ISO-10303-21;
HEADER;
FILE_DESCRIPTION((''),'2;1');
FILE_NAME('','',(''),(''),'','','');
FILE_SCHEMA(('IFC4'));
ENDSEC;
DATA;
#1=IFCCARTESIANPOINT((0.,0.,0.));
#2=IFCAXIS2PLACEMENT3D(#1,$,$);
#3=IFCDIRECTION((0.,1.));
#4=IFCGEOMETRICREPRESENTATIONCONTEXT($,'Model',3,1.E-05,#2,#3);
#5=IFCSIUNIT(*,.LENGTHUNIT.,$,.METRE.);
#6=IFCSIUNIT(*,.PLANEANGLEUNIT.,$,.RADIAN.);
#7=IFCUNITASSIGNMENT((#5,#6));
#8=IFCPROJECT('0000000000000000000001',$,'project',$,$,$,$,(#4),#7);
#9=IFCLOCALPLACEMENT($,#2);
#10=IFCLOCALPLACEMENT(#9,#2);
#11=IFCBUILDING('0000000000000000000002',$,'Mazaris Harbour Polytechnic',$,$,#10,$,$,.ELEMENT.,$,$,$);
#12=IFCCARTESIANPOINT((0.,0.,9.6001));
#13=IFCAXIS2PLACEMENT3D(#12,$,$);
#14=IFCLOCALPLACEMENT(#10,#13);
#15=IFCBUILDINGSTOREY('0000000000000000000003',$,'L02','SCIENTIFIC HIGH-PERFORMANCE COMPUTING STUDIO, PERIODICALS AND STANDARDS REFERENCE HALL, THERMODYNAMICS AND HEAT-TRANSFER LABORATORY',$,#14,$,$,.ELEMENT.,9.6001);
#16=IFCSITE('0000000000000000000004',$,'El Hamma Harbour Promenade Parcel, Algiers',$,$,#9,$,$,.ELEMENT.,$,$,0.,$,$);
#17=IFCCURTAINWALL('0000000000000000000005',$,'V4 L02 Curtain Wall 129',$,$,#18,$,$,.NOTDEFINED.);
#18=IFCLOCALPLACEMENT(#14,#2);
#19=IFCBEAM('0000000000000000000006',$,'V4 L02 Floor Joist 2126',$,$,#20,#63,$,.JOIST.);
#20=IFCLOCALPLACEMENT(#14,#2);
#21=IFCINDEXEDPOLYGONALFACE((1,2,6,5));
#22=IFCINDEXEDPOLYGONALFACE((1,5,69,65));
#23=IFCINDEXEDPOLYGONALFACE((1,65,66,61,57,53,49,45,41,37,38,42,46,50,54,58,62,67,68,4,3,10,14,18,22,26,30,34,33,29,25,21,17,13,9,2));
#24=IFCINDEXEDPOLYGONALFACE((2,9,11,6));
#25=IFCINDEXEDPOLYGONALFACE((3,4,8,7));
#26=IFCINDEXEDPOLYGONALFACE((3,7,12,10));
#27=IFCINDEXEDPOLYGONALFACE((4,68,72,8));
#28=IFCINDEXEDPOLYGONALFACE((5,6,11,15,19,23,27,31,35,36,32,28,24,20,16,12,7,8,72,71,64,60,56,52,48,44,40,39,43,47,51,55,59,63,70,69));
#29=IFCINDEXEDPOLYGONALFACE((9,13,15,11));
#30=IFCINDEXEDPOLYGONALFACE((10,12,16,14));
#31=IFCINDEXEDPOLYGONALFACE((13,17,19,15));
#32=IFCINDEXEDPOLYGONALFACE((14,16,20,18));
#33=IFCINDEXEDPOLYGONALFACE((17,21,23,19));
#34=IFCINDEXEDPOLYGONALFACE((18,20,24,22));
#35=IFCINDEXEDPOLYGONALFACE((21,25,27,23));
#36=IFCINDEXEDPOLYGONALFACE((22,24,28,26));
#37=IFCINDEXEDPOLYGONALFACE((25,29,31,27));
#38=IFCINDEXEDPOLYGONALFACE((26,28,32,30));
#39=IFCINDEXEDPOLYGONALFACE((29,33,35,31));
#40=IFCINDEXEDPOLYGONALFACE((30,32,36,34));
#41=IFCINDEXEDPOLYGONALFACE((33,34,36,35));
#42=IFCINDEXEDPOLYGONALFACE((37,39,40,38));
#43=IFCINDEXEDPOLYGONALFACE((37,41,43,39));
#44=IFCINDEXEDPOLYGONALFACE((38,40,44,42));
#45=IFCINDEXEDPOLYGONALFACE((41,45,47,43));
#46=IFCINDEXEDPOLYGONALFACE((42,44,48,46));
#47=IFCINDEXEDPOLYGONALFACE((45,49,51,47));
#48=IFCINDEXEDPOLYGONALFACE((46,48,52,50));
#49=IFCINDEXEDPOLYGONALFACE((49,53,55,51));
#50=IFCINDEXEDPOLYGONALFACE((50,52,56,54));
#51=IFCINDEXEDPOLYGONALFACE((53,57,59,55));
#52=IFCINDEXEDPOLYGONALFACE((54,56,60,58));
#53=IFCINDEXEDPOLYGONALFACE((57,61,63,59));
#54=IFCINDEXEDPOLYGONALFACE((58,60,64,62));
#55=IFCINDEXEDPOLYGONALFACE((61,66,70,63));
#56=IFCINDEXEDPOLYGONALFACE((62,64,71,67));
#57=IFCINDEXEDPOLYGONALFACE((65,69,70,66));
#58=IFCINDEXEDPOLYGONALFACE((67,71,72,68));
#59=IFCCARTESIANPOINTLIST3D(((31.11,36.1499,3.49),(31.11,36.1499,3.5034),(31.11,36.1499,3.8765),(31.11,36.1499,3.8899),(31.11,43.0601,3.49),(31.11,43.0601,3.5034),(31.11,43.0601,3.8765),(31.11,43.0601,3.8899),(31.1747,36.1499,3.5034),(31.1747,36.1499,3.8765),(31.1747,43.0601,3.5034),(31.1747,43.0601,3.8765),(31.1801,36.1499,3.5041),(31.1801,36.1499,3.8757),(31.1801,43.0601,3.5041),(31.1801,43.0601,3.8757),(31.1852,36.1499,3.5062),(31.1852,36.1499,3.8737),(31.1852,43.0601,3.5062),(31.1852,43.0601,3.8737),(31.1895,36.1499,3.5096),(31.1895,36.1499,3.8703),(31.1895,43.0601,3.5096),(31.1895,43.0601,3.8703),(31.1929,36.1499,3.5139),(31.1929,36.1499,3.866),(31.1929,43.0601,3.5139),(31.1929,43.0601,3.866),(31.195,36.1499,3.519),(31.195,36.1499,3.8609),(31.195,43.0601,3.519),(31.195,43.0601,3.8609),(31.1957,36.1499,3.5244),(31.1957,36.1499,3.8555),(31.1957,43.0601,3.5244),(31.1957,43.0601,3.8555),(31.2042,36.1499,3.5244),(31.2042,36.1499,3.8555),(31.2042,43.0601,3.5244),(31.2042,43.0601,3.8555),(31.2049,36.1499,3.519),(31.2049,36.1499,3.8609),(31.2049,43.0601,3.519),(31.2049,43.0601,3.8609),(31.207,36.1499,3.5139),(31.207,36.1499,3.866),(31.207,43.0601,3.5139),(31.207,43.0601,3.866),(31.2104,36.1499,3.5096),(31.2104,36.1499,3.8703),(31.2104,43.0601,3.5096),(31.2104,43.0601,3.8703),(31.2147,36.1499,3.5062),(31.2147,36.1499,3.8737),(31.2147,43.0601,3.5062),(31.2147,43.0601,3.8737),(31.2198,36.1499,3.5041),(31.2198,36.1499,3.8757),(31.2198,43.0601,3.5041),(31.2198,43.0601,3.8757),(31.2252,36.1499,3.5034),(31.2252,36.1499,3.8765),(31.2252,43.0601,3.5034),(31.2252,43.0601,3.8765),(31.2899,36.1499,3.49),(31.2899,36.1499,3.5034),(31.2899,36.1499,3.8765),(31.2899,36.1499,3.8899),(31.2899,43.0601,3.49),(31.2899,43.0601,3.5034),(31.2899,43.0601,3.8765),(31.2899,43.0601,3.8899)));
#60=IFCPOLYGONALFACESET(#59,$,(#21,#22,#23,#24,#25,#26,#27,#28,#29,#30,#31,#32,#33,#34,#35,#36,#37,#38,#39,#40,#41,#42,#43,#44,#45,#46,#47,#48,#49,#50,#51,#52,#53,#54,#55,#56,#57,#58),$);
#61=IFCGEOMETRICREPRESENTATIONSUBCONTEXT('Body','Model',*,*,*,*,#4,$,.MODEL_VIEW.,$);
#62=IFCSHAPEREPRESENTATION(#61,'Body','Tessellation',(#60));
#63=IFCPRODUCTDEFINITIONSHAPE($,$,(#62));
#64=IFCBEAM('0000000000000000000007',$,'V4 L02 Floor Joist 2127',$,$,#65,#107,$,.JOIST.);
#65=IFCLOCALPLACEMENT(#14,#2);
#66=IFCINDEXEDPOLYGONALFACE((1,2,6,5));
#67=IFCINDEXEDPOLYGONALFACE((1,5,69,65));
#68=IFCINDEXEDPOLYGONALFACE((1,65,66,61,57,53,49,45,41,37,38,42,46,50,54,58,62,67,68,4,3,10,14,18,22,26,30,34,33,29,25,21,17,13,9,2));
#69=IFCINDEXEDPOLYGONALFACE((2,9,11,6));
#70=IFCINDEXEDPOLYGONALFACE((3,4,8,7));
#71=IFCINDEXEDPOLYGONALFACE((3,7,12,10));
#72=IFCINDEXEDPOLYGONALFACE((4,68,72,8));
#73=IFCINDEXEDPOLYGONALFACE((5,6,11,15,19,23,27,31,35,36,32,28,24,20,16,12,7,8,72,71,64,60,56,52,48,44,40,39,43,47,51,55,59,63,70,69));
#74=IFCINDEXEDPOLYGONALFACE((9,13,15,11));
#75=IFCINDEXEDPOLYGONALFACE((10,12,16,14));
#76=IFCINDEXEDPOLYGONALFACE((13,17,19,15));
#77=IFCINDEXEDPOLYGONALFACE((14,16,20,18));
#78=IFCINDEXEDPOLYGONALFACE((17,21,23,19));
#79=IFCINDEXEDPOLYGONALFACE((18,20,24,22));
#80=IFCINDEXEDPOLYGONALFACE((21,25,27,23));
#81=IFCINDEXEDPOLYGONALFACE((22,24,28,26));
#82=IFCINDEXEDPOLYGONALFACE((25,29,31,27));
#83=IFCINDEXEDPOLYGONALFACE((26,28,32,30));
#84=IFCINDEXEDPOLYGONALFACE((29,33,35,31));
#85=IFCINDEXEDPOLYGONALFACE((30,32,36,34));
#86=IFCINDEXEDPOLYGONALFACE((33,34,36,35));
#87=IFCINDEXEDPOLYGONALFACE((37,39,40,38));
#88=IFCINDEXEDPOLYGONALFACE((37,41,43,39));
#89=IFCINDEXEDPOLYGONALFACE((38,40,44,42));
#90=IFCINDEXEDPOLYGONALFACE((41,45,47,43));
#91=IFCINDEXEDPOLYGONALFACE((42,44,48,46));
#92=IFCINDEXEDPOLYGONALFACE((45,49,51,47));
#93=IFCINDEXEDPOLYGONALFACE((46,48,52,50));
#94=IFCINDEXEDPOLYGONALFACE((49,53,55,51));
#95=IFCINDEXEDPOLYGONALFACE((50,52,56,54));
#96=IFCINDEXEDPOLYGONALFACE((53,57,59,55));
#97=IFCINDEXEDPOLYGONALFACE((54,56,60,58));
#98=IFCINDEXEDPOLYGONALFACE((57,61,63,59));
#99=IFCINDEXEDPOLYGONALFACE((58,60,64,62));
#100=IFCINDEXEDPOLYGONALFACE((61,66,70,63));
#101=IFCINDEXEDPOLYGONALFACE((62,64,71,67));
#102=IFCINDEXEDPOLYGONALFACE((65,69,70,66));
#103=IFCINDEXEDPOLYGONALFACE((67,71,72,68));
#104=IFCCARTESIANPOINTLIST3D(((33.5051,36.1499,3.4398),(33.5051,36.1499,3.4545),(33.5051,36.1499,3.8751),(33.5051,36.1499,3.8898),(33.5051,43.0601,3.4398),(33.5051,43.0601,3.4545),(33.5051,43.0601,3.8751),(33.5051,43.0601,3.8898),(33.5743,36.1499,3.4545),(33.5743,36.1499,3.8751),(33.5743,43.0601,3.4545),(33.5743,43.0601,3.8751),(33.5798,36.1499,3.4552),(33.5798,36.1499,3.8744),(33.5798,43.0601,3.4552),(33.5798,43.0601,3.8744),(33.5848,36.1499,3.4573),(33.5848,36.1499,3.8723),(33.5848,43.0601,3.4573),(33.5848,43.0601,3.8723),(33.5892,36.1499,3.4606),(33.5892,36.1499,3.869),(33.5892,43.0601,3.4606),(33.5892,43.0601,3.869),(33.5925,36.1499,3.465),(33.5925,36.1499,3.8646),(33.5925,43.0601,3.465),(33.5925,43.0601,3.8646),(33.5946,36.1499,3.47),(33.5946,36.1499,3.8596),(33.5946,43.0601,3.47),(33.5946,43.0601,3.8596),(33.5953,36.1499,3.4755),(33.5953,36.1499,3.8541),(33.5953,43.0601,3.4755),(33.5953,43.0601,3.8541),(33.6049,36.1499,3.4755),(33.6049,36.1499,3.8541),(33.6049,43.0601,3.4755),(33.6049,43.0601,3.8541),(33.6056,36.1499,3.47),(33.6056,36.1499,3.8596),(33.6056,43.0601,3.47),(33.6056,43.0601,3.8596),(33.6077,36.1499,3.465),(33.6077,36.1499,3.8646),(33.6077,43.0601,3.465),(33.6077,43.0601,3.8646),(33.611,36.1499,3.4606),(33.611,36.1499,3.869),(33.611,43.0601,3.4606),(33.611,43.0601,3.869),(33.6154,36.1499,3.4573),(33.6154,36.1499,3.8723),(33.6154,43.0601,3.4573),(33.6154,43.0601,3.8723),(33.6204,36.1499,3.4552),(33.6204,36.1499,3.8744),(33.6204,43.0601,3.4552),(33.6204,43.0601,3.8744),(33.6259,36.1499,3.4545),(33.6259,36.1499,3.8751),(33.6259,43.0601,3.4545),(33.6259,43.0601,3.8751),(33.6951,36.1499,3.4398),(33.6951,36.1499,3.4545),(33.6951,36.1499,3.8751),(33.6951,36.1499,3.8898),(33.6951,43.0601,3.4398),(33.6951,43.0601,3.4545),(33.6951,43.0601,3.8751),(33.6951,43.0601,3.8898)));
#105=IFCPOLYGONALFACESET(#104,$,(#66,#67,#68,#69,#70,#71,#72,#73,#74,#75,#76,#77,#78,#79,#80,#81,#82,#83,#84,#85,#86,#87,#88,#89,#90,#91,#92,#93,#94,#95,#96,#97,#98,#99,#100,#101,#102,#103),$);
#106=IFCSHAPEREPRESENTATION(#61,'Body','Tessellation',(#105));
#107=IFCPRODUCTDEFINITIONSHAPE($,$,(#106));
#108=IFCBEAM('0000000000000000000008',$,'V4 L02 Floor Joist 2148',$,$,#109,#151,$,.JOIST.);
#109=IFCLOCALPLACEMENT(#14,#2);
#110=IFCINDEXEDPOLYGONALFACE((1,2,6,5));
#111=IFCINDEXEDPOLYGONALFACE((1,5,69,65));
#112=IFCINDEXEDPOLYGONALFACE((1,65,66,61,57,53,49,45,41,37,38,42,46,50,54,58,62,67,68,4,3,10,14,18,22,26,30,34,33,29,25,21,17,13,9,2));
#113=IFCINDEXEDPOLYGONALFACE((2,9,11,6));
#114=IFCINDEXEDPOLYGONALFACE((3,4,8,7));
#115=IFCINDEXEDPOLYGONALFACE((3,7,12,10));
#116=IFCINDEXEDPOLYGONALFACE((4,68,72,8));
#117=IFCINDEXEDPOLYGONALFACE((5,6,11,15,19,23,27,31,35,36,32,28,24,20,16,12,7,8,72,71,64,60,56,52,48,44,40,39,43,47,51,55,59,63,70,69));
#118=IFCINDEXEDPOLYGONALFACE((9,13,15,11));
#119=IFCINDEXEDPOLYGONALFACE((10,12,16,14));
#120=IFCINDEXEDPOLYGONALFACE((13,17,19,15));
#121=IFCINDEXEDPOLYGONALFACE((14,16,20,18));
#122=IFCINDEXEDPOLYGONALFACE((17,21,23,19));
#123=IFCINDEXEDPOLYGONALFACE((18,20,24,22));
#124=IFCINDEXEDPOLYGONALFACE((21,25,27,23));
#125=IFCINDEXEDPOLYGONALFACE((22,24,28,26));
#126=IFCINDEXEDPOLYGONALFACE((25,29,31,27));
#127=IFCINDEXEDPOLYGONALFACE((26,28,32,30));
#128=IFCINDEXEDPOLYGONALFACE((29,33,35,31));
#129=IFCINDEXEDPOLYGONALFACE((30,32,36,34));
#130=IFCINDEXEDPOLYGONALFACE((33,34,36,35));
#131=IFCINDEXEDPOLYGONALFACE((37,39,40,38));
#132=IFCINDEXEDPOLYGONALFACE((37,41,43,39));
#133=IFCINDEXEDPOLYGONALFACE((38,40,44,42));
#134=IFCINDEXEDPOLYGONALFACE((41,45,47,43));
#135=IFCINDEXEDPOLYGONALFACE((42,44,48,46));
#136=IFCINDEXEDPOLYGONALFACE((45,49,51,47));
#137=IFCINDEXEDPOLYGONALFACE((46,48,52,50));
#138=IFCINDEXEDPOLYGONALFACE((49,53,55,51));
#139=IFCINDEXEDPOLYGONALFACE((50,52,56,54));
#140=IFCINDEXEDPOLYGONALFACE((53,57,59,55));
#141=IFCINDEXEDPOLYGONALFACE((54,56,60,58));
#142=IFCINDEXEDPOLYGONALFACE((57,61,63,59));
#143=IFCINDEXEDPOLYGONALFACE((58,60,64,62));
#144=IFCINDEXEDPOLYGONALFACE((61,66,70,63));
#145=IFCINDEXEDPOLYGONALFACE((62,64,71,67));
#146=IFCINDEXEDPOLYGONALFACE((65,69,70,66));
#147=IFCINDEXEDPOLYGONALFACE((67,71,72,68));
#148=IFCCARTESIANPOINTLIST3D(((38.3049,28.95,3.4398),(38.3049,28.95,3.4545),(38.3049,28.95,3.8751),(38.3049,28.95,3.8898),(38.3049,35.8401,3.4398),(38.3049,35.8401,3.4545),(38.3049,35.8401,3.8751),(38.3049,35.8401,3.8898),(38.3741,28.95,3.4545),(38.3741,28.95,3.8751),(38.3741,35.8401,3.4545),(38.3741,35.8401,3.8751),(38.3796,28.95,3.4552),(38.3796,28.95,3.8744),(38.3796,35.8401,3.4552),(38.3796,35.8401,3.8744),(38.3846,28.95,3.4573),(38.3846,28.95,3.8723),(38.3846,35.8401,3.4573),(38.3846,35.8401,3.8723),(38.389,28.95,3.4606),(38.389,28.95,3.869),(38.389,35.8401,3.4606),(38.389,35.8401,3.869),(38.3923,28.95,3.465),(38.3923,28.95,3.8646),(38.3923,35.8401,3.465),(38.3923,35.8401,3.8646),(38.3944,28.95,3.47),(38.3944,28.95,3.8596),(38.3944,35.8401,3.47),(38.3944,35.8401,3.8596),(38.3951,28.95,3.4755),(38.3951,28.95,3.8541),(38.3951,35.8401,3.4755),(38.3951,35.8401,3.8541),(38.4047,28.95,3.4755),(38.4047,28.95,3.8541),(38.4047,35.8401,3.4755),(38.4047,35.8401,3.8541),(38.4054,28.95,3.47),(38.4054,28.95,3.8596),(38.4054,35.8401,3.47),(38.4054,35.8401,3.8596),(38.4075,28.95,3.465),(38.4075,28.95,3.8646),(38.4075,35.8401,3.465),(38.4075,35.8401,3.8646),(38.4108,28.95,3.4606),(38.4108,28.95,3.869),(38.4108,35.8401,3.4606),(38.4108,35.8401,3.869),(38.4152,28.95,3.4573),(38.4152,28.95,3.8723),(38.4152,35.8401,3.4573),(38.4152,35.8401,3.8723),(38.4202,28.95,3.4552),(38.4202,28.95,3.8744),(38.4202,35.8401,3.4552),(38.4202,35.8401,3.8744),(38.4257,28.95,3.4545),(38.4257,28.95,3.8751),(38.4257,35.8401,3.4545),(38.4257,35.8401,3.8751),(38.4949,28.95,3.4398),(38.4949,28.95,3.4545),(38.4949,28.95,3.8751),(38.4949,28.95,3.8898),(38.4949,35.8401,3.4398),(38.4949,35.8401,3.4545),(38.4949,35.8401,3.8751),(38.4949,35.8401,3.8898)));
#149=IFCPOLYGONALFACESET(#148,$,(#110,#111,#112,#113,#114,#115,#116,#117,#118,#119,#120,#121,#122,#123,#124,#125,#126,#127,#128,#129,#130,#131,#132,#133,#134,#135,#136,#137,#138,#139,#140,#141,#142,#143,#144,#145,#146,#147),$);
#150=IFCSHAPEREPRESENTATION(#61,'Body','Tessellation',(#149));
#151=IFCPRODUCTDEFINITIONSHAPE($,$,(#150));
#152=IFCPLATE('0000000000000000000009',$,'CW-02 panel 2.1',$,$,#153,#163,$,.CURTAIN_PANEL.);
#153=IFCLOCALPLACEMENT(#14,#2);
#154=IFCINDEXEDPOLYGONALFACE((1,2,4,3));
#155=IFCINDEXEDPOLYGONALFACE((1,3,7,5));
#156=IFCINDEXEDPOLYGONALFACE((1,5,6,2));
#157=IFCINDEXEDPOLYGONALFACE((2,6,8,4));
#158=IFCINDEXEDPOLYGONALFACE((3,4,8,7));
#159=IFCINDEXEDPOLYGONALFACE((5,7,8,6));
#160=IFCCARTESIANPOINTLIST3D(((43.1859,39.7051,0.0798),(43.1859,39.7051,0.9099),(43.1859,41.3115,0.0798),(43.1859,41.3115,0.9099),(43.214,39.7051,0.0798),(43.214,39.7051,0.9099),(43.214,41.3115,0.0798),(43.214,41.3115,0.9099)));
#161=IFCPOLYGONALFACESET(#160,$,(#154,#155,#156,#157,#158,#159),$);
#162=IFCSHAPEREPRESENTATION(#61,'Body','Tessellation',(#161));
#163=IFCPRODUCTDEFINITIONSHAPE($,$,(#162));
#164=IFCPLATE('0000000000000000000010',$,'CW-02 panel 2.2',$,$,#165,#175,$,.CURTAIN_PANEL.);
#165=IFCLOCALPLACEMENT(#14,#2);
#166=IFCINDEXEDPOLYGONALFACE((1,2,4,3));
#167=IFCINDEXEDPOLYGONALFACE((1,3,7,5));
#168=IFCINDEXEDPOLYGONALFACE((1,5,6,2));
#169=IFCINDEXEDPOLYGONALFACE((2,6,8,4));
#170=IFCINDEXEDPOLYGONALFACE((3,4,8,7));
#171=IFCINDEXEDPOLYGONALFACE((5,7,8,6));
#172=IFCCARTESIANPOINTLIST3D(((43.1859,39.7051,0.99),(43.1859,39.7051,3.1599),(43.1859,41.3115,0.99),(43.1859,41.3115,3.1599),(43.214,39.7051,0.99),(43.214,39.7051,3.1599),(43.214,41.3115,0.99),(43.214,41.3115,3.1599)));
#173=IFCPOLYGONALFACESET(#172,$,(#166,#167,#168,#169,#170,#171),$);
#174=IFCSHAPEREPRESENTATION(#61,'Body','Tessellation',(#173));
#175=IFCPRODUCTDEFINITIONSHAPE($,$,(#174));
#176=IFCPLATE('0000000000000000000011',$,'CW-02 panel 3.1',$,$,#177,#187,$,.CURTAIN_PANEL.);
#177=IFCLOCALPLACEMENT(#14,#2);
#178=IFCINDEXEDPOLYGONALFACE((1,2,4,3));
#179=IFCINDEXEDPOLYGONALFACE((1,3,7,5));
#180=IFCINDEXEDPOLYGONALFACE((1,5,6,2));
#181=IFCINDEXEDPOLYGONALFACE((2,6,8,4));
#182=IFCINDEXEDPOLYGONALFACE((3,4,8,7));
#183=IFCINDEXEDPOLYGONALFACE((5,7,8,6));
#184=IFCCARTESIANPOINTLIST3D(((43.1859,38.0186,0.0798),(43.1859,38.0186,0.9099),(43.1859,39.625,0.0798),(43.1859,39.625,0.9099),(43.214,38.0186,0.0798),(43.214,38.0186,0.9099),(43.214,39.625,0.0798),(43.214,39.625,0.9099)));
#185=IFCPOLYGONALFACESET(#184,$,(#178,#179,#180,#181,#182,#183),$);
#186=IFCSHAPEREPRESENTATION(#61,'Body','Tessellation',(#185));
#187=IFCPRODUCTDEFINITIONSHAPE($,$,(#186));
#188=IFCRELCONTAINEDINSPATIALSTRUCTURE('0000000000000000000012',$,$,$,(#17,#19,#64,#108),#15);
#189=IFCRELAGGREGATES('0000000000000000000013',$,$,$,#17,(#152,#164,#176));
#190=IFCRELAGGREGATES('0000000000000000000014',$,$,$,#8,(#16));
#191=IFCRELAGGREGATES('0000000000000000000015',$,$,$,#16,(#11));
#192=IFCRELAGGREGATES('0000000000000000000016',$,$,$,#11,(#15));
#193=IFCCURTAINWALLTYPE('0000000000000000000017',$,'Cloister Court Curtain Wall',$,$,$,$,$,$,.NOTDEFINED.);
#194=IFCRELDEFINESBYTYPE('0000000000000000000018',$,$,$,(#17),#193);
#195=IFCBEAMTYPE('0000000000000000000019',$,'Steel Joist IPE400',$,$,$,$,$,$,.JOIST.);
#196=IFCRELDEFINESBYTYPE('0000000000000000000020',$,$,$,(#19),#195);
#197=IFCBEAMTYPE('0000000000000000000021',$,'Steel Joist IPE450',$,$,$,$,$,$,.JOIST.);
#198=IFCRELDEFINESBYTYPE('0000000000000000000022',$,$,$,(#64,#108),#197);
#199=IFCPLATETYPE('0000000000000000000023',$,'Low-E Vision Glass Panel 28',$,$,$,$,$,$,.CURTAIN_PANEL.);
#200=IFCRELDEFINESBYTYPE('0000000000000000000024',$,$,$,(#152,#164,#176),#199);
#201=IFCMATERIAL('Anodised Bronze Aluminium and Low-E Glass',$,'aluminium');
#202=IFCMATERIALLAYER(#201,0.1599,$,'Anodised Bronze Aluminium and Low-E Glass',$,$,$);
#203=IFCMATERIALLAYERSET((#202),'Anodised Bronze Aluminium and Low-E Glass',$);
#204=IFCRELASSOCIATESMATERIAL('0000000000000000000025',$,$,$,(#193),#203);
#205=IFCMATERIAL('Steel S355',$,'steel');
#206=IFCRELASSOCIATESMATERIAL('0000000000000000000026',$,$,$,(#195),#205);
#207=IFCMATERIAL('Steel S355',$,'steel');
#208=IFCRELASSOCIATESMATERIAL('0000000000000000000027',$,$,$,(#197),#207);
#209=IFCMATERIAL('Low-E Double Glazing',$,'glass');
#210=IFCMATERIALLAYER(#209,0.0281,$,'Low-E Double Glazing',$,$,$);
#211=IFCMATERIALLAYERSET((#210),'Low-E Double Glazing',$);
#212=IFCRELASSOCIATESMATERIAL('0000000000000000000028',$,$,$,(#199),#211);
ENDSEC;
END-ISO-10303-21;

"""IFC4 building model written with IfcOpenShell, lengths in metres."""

from ifc_helpers import new_model, si_unit, direction, frame, origin, origin_2d, place, context, subcontext, project, spatial, rectangle, i_section, extrude, material, layer, layer_set, material_profile, profile_set, type_object, element, aggregate, save


model = new_model("IFC4")

# Units and contexts
model_context = context("Model", 3, precision=1e-05, world=origin(), true_north=direction((0.0, 1.0)))
body_context = subcontext(model_context, "Body", "Model", "MODEL_VIEW")
ifc_project = project(units=[si_unit("LENGTHUNIT", "METRE"), si_unit("PLANEANGLEUNIT", "RADIAN")], contexts=[model_context])

# Site, building, storey
site_placement = place(None, origin())
site = spatial("IfcSite", under=ifc_project, at=site_placement, Name="El Hamma Harbour Promenade Parcel, Algiers", CompositionType="ELEMENT", RefElevation=0.0)
building_placement = place(site_placement, origin())
building = spatial("IfcBuilding", under=site, at=building_placement, Name="Mazaris Harbour Polytechnic", CompositionType="ELEMENT")
storey_placement = place(building_placement, frame((0.0, 0.0, 9.6001)))
storey = spatial("IfcBuildingStorey", under=building, at=storey_placement, Name="L02", Description="SCIENTIFIC HIGH-PERFORMANCE COMPUTING STUDIO, PERIODICALS AND STANDARDS REFERENCE HALL, THERMODYNAMICS AND HEAT-TRANSFER LABORATORY", CompositionType="ELEMENT", Elevation=9.6001)

# Curtain wall
ifc_material_1 = material(Name="Anodised Bronze Aluminium and Low-E Glass", Category="aluminium")
ifc_layer_1 = layer(ifc_material_1, 0.1599, Name="Anodised Bronze Aluminium and Low-E Glass")
ifc_layer_set_1 = layer_set([ifc_layer_1], Name="Anodised Bronze Aluminium and Low-E Glass")
curtain_wall_type = type_object("IfcCurtainWallType", Name="Cloister Court Curtain Wall", PredefinedType="NOTDEFINED", material=ifc_layer_set_1)
curtain_wall_1_placement = place(storey_placement, origin())
curtain_wall_1 = element("IfcCurtainWall", 1, at=curtain_wall_1_placement, inside=storey, type_object=curtain_wall_type, Name="V4 L02 Curtain Wall 129", PredefinedType="NOTDEFINED")

# Beams
ifc_material_2 = material(Name="Steel S355", Category="steel")
ifc_material_profile_1 = material_profile(ifc_material_2, i_section(OverallWidth=0.1799, OverallDepth=0.3999, WebThickness=0.0085, FlangeThickness=0.0134, FilletRadius=0.021, at=origin_2d()), Name="IPE 400")
ifc_profile_set_1 = profile_set([ifc_material_profile_1], Name="Steel S355")
beam_type_1 = type_object("IfcBeamType", Name="Steel Joist IPE400", PredefinedType="JOIST", material=ifc_profile_set_1)
beam_1_placement = place(storey_placement, frame((31.2, 36.1499, 3.6899), z_axis=(0.0, 1.0, 0.0), x_axis=(-1.0, 0.0, 0.0)))
element("IfcBeam", 2, at=beam_1_placement, inside=storey, type_object=beam_type_1, Name="V4 L02 Floor Joist 2126", PredefinedType="JOIST", context=body_context, shape_type="SweptSolid", body=[
    extrude(i_section(OverallWidth=0.1799, OverallDepth=0.3999, WebThickness=0.0085, FlangeThickness=0.0134, FilletRadius=0.021, at=origin_2d()), origin(), (0.0, 0.0, 1.0), 6.9102),
])
ifc_material_3 = material(Name="Steel S355", Category="steel")
ifc_material_profile_2 = material_profile(ifc_material_3, i_section(OverallWidth=0.1899, OverallDepth=0.45, WebThickness=0.0095, FlangeThickness=0.0146, FilletRadius=0.021, at=origin_2d()), Name="IPE 450")
ifc_profile_set_2 = profile_set([ifc_material_profile_2], Name="Steel S355")
beam_type_2 = type_object("IfcBeamType", Name="Steel Joist IPE450", PredefinedType="JOIST", material=ifc_profile_set_2)
beam_2_placement = place(storey_placement, frame((33.6001, 36.1499, 3.6648), z_axis=(0.0, 1.0, 0.0), x_axis=(-1.0, 0.0, 0.0)))
element("IfcBeam", 3, at=beam_2_placement, inside=storey, type_object=beam_type_2, Name="V4 L02 Floor Joist 2127", PredefinedType="JOIST", context=body_context, shape_type="SweptSolid", body=[
    extrude(i_section(OverallWidth=0.1899, OverallDepth=0.45, WebThickness=0.0095, FlangeThickness=0.0146, FilletRadius=0.021, at=origin_2d()), origin(), (0.0, 0.0, 1.0), 6.9102),
])
beam_3_placement = place(storey_placement, frame((38.3999, 28.95, 3.6648), z_axis=(0.0, 1.0, 0.0), x_axis=(-1.0, 0.0, 0.0)))
element("IfcBeam", 4, at=beam_3_placement, inside=storey, type_object=beam_type_2, Name="V4 L02 Floor Joist 2148", PredefinedType="JOIST", context=body_context, shape_type="SweptSolid", body=[
    extrude(i_section(OverallWidth=0.1899, OverallDepth=0.45, WebThickness=0.0095, FlangeThickness=0.0146, FilletRadius=0.021, at=origin_2d()), origin(), (0.0, 0.0, 1.0), 6.8901),
])

# Plates
ifc_material_4 = material(Name="Low-E Double Glazing", Category="glass")
ifc_layer_2 = layer(ifc_material_4, 0.0281, Name="Low-E Double Glazing")
ifc_layer_set_2 = layer_set([ifc_layer_2], Name="Low-E Double Glazing")
plate_type = type_object("IfcPlateType", Name="Low-E Vision Glass Panel 28", PredefinedType="CURTAIN_PANEL", material=ifc_layer_set_2)
plate_1_placement = place(storey_placement, frame((43.2, 40.5083, 0.0798), z_axis=(0.0, 0.0, 1.0), x_axis=(0.0, -1.0, 0.0)))
plate_1 = element("IfcPlate", 5, at=plate_1_placement, type_object=plate_type, Name="CW-02 panel 2.1", PredefinedType="CURTAIN_PANEL", context=body_context, shape_type="SweptSolid", body=[
    extrude(rectangle(XDim=1.6064, YDim=0.0281, at=origin_2d()), origin(), (0.0, 0.0, 1.0), 0.8301),
])
plate_2_placement = place(storey_placement, frame((43.2, 40.5083, 0.99), z_axis=(0.0, 0.0, 1.0), x_axis=(0.0, -1.0, 0.0)))
plate_2 = element("IfcPlate", 6, at=plate_2_placement, type_object=plate_type, Name="CW-02 panel 2.2", PredefinedType="CURTAIN_PANEL", context=body_context, shape_type="SweptSolid", body=[
    extrude(rectangle(XDim=1.6064, YDim=0.0281, at=origin_2d()), origin(), (0.0, 0.0, 1.0), 2.1699),
])
plate_3_placement = place(storey_placement, frame((43.2, 38.8218, 0.0798), z_axis=(0.0, 0.0, 1.0), x_axis=(0.0, -1.0, 0.0)))
plate_3 = element("IfcPlate", 7, at=plate_3_placement, type_object=plate_type, Name="CW-02 panel 3.1", PredefinedType="CURTAIN_PANEL", context=body_context, shape_type="SweptSolid", body=[
    extrude(rectangle(XDim=1.6064, YDim=0.0281, at=origin_2d()), origin(), (0.0, 0.0, 1.0), 0.8301),
])
aggregate(curtain_wall_1, [plate_1, plate_2, plate_3])

save(model, "model.ifc")
